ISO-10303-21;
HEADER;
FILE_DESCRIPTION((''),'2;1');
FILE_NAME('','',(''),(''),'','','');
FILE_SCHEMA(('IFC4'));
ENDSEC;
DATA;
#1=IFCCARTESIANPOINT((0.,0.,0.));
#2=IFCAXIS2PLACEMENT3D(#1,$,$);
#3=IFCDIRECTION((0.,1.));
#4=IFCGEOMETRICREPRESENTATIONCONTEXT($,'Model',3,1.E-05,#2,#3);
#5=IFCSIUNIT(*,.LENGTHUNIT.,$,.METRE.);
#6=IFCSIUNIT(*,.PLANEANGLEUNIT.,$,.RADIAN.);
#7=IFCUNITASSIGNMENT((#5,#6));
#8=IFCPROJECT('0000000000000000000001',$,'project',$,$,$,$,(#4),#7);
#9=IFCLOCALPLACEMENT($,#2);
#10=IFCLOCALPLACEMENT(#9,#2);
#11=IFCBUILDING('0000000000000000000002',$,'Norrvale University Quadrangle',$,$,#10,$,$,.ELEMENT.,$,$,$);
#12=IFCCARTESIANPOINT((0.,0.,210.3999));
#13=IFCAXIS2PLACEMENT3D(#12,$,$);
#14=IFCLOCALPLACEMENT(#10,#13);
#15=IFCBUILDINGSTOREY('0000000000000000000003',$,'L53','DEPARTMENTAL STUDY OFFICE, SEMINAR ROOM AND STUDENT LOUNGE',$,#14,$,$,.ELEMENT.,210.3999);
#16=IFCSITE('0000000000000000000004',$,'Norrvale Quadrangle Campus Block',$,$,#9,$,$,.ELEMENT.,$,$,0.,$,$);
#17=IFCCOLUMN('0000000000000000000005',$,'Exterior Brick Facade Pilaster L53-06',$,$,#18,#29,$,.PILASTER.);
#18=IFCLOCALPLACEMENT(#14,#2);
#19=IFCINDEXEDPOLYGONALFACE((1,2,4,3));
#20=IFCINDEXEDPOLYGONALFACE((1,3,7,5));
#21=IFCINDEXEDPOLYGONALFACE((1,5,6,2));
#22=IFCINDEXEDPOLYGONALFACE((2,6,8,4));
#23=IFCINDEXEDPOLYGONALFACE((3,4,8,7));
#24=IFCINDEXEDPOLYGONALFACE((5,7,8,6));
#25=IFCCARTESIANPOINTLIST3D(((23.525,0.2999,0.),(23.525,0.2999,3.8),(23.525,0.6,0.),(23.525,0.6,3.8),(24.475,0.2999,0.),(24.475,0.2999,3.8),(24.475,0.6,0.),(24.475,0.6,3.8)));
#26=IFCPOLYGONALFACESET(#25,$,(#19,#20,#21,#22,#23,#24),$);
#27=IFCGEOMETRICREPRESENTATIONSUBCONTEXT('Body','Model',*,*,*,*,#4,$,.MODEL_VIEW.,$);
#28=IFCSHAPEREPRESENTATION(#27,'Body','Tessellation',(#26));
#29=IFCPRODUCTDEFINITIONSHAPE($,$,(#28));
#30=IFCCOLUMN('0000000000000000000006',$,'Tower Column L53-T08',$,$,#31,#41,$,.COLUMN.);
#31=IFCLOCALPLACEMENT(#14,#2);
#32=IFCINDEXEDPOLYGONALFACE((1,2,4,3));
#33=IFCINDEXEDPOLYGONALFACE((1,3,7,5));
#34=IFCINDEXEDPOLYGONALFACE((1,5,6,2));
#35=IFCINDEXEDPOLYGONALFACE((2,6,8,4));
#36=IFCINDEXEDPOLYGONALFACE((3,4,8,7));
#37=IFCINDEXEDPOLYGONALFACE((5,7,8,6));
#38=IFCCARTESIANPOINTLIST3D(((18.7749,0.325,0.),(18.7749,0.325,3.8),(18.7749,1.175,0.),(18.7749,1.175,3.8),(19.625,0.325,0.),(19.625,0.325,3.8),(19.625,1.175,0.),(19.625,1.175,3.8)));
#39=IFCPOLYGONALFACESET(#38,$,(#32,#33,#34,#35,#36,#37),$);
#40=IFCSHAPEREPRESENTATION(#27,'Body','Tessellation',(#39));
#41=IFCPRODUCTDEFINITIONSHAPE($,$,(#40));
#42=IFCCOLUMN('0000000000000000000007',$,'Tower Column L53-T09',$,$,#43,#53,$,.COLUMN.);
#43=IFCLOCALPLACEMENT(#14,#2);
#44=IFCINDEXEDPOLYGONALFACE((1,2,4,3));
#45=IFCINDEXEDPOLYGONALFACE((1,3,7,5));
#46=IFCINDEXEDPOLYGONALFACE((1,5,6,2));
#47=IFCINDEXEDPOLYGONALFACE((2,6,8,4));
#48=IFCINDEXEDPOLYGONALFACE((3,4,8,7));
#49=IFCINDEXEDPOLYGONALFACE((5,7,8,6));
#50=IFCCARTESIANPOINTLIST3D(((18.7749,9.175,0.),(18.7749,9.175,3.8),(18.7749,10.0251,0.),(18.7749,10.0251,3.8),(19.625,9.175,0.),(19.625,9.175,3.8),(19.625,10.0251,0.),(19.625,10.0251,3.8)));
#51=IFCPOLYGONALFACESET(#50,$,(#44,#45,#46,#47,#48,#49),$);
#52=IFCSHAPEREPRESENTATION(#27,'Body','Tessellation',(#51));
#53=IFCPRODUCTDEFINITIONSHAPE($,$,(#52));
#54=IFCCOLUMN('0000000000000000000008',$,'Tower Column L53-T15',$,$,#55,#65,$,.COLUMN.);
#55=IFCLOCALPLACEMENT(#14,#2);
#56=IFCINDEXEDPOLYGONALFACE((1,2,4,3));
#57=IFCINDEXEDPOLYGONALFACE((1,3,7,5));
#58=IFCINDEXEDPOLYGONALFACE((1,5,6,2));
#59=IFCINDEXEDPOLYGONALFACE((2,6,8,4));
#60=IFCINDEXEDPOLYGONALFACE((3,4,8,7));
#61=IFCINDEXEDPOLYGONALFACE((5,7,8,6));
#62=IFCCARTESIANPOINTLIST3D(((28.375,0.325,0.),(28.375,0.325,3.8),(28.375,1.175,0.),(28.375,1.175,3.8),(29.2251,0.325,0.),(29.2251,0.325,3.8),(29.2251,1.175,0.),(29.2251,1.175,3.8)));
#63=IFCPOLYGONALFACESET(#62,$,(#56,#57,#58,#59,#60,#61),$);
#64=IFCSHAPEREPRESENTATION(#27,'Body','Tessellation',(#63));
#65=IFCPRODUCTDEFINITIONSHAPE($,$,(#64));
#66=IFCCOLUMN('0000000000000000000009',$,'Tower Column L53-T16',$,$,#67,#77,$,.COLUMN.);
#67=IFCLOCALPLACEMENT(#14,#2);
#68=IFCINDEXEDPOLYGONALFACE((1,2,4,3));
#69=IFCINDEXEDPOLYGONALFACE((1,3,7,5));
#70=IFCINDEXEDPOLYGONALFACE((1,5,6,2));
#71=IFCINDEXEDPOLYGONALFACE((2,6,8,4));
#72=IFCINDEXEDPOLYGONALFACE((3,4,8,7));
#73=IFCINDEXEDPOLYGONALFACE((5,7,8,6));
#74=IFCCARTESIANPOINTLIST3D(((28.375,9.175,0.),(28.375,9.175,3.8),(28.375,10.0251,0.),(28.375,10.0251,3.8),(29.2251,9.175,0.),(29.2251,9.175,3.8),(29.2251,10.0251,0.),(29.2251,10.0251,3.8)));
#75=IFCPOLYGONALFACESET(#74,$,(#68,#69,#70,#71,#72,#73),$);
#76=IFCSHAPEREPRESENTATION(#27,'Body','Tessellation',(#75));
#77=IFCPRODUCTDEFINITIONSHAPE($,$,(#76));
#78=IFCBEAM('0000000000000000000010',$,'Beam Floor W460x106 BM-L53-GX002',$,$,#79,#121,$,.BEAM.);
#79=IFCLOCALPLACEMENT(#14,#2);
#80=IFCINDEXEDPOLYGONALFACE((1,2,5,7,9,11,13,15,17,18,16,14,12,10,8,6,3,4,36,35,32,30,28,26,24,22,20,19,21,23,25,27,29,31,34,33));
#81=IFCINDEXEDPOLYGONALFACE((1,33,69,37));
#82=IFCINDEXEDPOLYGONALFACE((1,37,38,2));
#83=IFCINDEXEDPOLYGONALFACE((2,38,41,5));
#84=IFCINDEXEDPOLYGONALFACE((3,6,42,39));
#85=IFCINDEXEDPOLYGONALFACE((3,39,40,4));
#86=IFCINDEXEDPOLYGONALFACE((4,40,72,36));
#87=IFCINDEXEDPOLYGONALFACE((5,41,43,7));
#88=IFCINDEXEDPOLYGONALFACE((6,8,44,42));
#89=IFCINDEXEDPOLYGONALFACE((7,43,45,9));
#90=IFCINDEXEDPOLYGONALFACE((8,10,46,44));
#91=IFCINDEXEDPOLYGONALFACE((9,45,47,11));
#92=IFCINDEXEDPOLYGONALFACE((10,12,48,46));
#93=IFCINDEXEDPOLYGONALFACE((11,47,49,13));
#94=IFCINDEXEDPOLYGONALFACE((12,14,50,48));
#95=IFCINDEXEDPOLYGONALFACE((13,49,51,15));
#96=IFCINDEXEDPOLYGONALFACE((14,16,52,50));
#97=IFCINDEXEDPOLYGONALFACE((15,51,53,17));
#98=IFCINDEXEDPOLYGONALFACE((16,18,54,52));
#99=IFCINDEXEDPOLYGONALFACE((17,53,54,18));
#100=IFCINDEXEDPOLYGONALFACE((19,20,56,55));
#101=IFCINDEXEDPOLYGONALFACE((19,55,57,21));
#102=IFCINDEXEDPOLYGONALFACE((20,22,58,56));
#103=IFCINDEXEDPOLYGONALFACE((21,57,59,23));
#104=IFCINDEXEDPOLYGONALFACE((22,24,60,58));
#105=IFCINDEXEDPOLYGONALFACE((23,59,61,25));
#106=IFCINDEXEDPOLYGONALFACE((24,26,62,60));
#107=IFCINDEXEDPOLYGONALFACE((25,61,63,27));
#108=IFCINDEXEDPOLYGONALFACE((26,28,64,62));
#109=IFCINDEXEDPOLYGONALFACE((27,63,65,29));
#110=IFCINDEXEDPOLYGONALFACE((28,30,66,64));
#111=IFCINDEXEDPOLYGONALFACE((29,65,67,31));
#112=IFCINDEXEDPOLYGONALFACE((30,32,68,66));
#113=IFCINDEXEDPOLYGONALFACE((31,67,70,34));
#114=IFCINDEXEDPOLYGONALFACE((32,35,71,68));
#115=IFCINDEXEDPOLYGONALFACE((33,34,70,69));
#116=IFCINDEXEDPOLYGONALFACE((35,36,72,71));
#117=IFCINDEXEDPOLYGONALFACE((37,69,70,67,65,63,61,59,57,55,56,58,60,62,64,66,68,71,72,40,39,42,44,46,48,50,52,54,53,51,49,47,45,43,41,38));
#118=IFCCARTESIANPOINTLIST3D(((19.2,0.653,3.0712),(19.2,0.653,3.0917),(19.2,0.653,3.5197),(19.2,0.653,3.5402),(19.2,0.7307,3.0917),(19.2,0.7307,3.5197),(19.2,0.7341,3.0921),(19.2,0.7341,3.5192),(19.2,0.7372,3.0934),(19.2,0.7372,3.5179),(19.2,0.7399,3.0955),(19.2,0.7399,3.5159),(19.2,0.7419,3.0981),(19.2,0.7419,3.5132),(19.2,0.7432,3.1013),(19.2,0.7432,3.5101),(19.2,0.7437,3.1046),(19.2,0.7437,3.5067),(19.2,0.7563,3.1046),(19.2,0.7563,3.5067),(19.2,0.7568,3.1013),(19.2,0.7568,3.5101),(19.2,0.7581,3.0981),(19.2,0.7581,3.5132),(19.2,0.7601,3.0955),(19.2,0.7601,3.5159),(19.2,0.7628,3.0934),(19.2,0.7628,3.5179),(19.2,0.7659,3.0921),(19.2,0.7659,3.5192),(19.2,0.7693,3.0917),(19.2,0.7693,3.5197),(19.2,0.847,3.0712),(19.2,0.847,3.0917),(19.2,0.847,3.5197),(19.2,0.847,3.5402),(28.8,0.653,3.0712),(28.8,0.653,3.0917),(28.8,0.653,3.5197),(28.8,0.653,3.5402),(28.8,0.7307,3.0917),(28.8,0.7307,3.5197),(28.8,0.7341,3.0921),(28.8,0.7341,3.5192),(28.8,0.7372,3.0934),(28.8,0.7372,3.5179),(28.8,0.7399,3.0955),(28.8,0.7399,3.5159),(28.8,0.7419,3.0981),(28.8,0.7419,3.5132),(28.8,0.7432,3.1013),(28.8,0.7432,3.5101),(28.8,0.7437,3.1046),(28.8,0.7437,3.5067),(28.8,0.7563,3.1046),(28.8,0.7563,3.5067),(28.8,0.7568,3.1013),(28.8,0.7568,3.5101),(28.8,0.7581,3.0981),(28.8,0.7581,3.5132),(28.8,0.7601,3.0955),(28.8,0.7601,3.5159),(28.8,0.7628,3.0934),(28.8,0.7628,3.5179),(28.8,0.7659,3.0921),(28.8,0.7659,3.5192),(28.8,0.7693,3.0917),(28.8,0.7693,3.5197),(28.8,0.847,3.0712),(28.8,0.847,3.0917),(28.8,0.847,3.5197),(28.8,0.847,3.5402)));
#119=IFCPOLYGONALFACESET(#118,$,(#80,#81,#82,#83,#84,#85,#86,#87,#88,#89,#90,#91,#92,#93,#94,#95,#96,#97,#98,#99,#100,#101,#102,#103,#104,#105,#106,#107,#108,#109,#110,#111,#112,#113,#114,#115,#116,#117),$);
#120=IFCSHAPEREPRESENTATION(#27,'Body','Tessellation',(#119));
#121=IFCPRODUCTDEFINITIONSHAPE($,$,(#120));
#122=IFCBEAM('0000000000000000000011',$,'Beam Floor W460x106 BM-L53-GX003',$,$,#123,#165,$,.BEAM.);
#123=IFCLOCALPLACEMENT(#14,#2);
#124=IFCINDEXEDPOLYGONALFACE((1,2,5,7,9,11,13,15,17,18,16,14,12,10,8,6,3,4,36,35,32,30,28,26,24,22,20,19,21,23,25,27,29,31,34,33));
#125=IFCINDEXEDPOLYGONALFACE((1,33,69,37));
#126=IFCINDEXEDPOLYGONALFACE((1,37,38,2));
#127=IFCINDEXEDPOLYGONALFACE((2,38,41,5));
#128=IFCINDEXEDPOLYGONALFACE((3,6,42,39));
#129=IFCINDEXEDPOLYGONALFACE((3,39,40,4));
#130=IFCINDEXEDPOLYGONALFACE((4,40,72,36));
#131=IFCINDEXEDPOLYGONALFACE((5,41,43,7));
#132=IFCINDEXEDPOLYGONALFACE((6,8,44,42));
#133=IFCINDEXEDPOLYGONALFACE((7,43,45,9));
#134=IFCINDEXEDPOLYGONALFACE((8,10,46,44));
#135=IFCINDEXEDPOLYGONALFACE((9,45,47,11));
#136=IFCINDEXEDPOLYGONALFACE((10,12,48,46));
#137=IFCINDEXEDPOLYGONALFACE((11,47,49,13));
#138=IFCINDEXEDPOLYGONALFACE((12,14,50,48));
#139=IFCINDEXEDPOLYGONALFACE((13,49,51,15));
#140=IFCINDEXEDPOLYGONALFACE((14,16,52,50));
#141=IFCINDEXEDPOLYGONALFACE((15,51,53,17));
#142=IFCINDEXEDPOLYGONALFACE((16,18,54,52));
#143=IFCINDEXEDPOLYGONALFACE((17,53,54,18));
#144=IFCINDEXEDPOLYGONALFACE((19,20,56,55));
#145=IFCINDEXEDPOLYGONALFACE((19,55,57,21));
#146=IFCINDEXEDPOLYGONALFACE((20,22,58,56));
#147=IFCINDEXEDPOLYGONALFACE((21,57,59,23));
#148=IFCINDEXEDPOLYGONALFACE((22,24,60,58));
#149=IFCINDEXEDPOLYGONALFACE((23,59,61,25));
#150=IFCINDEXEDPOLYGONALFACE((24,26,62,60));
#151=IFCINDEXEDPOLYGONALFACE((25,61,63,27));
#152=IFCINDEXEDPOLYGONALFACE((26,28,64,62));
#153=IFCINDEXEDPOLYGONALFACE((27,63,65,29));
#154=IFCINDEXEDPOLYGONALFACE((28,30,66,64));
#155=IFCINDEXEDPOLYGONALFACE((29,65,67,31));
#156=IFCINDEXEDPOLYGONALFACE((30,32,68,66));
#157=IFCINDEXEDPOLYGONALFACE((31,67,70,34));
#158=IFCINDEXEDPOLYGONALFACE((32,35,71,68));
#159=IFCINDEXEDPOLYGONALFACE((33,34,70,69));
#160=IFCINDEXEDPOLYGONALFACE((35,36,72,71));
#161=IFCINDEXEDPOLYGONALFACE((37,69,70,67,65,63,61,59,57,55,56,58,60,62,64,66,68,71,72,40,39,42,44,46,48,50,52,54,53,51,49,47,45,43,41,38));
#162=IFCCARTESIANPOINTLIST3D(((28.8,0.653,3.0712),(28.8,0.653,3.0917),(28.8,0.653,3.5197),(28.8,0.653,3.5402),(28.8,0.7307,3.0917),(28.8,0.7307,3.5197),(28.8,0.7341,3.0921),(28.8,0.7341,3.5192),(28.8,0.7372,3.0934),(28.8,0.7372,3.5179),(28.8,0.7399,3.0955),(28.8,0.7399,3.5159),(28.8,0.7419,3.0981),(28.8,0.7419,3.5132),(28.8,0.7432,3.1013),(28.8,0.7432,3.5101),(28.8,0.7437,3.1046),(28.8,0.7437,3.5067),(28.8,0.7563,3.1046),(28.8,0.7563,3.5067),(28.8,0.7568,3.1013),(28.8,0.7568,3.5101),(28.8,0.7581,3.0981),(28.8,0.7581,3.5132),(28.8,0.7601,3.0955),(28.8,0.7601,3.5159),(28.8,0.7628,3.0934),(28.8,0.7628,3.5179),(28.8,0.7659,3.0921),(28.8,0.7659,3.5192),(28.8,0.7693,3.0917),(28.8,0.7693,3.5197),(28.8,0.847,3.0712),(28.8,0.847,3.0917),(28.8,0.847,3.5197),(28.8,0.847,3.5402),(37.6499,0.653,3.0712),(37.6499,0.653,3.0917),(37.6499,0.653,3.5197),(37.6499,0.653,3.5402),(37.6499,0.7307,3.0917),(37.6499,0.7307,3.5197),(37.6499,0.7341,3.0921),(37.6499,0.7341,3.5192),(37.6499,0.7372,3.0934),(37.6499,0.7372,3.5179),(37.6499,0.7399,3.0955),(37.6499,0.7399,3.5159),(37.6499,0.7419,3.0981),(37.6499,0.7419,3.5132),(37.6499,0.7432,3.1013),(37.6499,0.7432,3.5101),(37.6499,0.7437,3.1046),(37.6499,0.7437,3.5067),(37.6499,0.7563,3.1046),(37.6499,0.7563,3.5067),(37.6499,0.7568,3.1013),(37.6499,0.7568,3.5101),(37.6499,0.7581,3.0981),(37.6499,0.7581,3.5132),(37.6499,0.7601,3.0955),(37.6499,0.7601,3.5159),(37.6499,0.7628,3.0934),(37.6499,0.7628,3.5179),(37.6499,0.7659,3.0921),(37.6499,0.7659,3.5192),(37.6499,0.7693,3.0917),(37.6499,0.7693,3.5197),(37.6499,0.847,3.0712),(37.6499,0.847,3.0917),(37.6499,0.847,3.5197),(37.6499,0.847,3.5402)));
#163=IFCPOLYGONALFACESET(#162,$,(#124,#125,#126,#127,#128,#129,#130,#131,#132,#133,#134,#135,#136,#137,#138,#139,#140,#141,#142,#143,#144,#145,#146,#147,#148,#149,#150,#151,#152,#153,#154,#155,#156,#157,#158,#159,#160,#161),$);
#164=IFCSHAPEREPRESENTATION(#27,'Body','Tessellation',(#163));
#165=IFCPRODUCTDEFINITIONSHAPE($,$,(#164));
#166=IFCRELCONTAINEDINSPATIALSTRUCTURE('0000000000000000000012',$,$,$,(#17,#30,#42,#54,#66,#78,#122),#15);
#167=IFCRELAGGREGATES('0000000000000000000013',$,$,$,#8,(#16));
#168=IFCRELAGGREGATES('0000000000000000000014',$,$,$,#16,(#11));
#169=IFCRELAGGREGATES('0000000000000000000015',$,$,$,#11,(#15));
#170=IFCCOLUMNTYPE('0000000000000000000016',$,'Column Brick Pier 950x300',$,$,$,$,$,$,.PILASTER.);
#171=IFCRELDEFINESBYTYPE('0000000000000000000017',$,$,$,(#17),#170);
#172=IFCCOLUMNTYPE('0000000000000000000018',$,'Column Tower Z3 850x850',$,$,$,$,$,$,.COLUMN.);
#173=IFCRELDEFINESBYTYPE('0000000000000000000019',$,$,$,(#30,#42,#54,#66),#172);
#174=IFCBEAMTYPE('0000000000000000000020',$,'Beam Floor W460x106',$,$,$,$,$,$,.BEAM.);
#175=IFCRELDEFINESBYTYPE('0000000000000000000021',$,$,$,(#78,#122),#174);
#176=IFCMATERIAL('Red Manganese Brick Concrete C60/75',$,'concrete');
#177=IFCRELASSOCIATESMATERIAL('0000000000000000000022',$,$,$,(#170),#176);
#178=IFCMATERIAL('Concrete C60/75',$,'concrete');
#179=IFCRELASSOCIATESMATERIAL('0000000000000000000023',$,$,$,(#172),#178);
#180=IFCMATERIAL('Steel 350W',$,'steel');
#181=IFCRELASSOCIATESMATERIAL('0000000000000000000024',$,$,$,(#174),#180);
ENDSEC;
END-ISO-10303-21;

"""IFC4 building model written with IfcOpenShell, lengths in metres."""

from ifc_helpers import new_model, si_unit, direction, frame, origin, origin_2d, place, context, subcontext, project, spatial, rectangle, i_section, extrude, material, material_profile, profile_set, type_object, element, save


model = new_model("IFC4")

# Units and contexts
model_context = context("Model", 3, precision=1e-05, world=origin(), true_north=direction((0.0, 1.0)))
body_context = subcontext(model_context, "Body", "Model", "MODEL_VIEW")
ifc_project = project(units=[si_unit("LENGTHUNIT", "METRE"), si_unit("PLANEANGLEUNIT", "RADIAN")], contexts=[model_context])

# Site, building, storey
site_placement = place(None, origin())
site = spatial("IfcSite", under=ifc_project, at=site_placement, Name="Norrvale Quadrangle Campus Block", CompositionType="ELEMENT", RefElevation=0.0)
building_placement = place(site_placement, origin())
building = spatial("IfcBuilding", under=site, at=building_placement, Name="Norrvale University Quadrangle", CompositionType="ELEMENT")
storey_placement = place(building_placement, frame((0.0, 0.0, 210.3999)))
storey = spatial("IfcBuildingStorey", under=building, at=storey_placement, Name="L53", Description="DEPARTMENTAL STUDY OFFICE, SEMINAR ROOM AND STUDENT LOUNGE", CompositionType="ELEMENT", Elevation=210.3999)

# Columns
ifc_material_1 = material(Name="Red Manganese Brick Concrete C60/75", Category="concrete")
ifc_material_profile_1 = material_profile(ifc_material_1, rectangle(XDim=0.95, YDim=0.3, at=origin_2d()), Name="Red Manganese Brick Concrete C60/75")
ifc_profile_set_1 = profile_set([ifc_material_profile_1], Name="Red Manganese Brick Concrete C60/75")
column_type_1 = type_object("IfcColumnType", Name="Column Brick Pier 950x300", PredefinedType="PILASTER", material=ifc_profile_set_1)
column_placement = place(storey_placement, frame((24.0, 0.45, 0.0), z_axis=(0.0, 0.0, 1.0), x_axis=(1.0, 0.0, 0.0)))
element("IfcColumn", 1, at=column_placement, inside=storey, type_object=column_type_1, Name="Exterior Brick Facade Pilaster L53-06", PredefinedType="PILASTER", context=body_context, shape_type="SweptSolid", body=[
    extrude(rectangle(XDim=0.95, YDim=0.3, at=origin_2d()), origin(), (0.0, 0.0, 1.0), 3.8),
])
ifc_material_2 = material(Name="Concrete C60/75", Category="concrete")
ifc_material_profile_2 = material_profile(ifc_material_2, rectangle(XDim=0.8501, YDim=0.8501, at=origin_2d()), Name="Concrete C60/75")
ifc_profile_set_2 = profile_set([ifc_material_profile_2], Name="Concrete C60/75")
column_type_2 = type_object("IfcColumnType", Name="Column Tower Z3 850x850", PredefinedType="COLUMN", material=ifc_profile_set_2)
for number, where, z_axis, x_axis, name in (
    (2, (19.2, 0.75, 0.0), (0.0, 0.0, 1.0), (1.0, 0.0, 0.0), "Tower Column L53-T08"),
    (3, (19.2, 9.6001, 0.0), (0.0, 0.0, 1.0), (1.0, 0.0, 0.0), "Tower Column L53-T09"),
    (4, (28.8, 0.75, 0.0), (0.0, 0.0, 1.0), (1.0, 0.0, 0.0), "Tower Column L53-T15"),
    (5, (28.8, 9.6001, 0.0), (0.0, 0.0, 1.0), (1.0, 0.0, 0.0), "Tower Column L53-T16"),
):
    element("IfcColumn", number, at=place(storey_placement, frame(where, z_axis=z_axis, x_axis=x_axis)), inside=storey, type_object=column_type_2, Name=name, PredefinedType="COLUMN", context=body_context, shape_type="SweptSolid", body=[
        extrude(rectangle(XDim=0.8501, YDim=0.8501, at=origin_2d()), origin(), (0.0, 0.0, 1.0), 3.8),
    ])

# Beams
ifc_material_3 = material(Name="Steel 350W", Category="steel")
ifc_material_profile_3 = material_profile(ifc_material_3, i_section(OverallWidth=0.1941, OverallDepth=0.469, WebThickness=0.0127, FlangeThickness=0.0205, FilletRadius=0.0129, at=origin_2d()), Name="Steel 350W")
ifc_profile_set_3 = profile_set([ifc_material_profile_3], Name="Steel 350W")
beam_type_1 = type_object("IfcBeamType", Name="Beam Floor W460x106", PredefinedType="BEAM", material=ifc_profile_set_3)
beam_1_placement = place(storey_placement, frame((19.2, 0.75, 3.3057), z_axis=(1.0, 0.0, 0.0), x_axis=(0.0, 1.0, 0.0)))
element("IfcBeam", 6, at=beam_1_placement, inside=storey, type_object=beam_type_1, Name="Beam Floor W460x106 BM-L53-GX002", PredefinedType="BEAM", context=body_context, shape_type="SweptSolid", body=[
    extrude(i_section(OverallWidth=0.1941, OverallDepth=0.469, WebThickness=0.0127, FlangeThickness=0.0205, FilletRadius=0.0129, at=origin_2d()), origin(), (0.0, 0.0, 1.0), 9.6001),
])
beam_2_placement = place(storey_placement, frame((28.8, 0.75, 3.3057), z_axis=(1.0, 0.0, 0.0), x_axis=(0.0, 1.0, 0.0)))
element("IfcBeam", 7, at=beam_2_placement, inside=storey, type_object=beam_type_1, Name="Beam Floor W460x106 BM-L53-GX003", PredefinedType="BEAM", context=body_context, shape_type="SweptSolid", body=[
    extrude(i_section(OverallWidth=0.1941, OverallDepth=0.469, WebThickness=0.0127, FlangeThickness=0.0205, FilletRadius=0.0129, at=origin_2d()), origin(), (0.0, 0.0, 1.0), 8.8499),
])

save(model, "model.ifc")
